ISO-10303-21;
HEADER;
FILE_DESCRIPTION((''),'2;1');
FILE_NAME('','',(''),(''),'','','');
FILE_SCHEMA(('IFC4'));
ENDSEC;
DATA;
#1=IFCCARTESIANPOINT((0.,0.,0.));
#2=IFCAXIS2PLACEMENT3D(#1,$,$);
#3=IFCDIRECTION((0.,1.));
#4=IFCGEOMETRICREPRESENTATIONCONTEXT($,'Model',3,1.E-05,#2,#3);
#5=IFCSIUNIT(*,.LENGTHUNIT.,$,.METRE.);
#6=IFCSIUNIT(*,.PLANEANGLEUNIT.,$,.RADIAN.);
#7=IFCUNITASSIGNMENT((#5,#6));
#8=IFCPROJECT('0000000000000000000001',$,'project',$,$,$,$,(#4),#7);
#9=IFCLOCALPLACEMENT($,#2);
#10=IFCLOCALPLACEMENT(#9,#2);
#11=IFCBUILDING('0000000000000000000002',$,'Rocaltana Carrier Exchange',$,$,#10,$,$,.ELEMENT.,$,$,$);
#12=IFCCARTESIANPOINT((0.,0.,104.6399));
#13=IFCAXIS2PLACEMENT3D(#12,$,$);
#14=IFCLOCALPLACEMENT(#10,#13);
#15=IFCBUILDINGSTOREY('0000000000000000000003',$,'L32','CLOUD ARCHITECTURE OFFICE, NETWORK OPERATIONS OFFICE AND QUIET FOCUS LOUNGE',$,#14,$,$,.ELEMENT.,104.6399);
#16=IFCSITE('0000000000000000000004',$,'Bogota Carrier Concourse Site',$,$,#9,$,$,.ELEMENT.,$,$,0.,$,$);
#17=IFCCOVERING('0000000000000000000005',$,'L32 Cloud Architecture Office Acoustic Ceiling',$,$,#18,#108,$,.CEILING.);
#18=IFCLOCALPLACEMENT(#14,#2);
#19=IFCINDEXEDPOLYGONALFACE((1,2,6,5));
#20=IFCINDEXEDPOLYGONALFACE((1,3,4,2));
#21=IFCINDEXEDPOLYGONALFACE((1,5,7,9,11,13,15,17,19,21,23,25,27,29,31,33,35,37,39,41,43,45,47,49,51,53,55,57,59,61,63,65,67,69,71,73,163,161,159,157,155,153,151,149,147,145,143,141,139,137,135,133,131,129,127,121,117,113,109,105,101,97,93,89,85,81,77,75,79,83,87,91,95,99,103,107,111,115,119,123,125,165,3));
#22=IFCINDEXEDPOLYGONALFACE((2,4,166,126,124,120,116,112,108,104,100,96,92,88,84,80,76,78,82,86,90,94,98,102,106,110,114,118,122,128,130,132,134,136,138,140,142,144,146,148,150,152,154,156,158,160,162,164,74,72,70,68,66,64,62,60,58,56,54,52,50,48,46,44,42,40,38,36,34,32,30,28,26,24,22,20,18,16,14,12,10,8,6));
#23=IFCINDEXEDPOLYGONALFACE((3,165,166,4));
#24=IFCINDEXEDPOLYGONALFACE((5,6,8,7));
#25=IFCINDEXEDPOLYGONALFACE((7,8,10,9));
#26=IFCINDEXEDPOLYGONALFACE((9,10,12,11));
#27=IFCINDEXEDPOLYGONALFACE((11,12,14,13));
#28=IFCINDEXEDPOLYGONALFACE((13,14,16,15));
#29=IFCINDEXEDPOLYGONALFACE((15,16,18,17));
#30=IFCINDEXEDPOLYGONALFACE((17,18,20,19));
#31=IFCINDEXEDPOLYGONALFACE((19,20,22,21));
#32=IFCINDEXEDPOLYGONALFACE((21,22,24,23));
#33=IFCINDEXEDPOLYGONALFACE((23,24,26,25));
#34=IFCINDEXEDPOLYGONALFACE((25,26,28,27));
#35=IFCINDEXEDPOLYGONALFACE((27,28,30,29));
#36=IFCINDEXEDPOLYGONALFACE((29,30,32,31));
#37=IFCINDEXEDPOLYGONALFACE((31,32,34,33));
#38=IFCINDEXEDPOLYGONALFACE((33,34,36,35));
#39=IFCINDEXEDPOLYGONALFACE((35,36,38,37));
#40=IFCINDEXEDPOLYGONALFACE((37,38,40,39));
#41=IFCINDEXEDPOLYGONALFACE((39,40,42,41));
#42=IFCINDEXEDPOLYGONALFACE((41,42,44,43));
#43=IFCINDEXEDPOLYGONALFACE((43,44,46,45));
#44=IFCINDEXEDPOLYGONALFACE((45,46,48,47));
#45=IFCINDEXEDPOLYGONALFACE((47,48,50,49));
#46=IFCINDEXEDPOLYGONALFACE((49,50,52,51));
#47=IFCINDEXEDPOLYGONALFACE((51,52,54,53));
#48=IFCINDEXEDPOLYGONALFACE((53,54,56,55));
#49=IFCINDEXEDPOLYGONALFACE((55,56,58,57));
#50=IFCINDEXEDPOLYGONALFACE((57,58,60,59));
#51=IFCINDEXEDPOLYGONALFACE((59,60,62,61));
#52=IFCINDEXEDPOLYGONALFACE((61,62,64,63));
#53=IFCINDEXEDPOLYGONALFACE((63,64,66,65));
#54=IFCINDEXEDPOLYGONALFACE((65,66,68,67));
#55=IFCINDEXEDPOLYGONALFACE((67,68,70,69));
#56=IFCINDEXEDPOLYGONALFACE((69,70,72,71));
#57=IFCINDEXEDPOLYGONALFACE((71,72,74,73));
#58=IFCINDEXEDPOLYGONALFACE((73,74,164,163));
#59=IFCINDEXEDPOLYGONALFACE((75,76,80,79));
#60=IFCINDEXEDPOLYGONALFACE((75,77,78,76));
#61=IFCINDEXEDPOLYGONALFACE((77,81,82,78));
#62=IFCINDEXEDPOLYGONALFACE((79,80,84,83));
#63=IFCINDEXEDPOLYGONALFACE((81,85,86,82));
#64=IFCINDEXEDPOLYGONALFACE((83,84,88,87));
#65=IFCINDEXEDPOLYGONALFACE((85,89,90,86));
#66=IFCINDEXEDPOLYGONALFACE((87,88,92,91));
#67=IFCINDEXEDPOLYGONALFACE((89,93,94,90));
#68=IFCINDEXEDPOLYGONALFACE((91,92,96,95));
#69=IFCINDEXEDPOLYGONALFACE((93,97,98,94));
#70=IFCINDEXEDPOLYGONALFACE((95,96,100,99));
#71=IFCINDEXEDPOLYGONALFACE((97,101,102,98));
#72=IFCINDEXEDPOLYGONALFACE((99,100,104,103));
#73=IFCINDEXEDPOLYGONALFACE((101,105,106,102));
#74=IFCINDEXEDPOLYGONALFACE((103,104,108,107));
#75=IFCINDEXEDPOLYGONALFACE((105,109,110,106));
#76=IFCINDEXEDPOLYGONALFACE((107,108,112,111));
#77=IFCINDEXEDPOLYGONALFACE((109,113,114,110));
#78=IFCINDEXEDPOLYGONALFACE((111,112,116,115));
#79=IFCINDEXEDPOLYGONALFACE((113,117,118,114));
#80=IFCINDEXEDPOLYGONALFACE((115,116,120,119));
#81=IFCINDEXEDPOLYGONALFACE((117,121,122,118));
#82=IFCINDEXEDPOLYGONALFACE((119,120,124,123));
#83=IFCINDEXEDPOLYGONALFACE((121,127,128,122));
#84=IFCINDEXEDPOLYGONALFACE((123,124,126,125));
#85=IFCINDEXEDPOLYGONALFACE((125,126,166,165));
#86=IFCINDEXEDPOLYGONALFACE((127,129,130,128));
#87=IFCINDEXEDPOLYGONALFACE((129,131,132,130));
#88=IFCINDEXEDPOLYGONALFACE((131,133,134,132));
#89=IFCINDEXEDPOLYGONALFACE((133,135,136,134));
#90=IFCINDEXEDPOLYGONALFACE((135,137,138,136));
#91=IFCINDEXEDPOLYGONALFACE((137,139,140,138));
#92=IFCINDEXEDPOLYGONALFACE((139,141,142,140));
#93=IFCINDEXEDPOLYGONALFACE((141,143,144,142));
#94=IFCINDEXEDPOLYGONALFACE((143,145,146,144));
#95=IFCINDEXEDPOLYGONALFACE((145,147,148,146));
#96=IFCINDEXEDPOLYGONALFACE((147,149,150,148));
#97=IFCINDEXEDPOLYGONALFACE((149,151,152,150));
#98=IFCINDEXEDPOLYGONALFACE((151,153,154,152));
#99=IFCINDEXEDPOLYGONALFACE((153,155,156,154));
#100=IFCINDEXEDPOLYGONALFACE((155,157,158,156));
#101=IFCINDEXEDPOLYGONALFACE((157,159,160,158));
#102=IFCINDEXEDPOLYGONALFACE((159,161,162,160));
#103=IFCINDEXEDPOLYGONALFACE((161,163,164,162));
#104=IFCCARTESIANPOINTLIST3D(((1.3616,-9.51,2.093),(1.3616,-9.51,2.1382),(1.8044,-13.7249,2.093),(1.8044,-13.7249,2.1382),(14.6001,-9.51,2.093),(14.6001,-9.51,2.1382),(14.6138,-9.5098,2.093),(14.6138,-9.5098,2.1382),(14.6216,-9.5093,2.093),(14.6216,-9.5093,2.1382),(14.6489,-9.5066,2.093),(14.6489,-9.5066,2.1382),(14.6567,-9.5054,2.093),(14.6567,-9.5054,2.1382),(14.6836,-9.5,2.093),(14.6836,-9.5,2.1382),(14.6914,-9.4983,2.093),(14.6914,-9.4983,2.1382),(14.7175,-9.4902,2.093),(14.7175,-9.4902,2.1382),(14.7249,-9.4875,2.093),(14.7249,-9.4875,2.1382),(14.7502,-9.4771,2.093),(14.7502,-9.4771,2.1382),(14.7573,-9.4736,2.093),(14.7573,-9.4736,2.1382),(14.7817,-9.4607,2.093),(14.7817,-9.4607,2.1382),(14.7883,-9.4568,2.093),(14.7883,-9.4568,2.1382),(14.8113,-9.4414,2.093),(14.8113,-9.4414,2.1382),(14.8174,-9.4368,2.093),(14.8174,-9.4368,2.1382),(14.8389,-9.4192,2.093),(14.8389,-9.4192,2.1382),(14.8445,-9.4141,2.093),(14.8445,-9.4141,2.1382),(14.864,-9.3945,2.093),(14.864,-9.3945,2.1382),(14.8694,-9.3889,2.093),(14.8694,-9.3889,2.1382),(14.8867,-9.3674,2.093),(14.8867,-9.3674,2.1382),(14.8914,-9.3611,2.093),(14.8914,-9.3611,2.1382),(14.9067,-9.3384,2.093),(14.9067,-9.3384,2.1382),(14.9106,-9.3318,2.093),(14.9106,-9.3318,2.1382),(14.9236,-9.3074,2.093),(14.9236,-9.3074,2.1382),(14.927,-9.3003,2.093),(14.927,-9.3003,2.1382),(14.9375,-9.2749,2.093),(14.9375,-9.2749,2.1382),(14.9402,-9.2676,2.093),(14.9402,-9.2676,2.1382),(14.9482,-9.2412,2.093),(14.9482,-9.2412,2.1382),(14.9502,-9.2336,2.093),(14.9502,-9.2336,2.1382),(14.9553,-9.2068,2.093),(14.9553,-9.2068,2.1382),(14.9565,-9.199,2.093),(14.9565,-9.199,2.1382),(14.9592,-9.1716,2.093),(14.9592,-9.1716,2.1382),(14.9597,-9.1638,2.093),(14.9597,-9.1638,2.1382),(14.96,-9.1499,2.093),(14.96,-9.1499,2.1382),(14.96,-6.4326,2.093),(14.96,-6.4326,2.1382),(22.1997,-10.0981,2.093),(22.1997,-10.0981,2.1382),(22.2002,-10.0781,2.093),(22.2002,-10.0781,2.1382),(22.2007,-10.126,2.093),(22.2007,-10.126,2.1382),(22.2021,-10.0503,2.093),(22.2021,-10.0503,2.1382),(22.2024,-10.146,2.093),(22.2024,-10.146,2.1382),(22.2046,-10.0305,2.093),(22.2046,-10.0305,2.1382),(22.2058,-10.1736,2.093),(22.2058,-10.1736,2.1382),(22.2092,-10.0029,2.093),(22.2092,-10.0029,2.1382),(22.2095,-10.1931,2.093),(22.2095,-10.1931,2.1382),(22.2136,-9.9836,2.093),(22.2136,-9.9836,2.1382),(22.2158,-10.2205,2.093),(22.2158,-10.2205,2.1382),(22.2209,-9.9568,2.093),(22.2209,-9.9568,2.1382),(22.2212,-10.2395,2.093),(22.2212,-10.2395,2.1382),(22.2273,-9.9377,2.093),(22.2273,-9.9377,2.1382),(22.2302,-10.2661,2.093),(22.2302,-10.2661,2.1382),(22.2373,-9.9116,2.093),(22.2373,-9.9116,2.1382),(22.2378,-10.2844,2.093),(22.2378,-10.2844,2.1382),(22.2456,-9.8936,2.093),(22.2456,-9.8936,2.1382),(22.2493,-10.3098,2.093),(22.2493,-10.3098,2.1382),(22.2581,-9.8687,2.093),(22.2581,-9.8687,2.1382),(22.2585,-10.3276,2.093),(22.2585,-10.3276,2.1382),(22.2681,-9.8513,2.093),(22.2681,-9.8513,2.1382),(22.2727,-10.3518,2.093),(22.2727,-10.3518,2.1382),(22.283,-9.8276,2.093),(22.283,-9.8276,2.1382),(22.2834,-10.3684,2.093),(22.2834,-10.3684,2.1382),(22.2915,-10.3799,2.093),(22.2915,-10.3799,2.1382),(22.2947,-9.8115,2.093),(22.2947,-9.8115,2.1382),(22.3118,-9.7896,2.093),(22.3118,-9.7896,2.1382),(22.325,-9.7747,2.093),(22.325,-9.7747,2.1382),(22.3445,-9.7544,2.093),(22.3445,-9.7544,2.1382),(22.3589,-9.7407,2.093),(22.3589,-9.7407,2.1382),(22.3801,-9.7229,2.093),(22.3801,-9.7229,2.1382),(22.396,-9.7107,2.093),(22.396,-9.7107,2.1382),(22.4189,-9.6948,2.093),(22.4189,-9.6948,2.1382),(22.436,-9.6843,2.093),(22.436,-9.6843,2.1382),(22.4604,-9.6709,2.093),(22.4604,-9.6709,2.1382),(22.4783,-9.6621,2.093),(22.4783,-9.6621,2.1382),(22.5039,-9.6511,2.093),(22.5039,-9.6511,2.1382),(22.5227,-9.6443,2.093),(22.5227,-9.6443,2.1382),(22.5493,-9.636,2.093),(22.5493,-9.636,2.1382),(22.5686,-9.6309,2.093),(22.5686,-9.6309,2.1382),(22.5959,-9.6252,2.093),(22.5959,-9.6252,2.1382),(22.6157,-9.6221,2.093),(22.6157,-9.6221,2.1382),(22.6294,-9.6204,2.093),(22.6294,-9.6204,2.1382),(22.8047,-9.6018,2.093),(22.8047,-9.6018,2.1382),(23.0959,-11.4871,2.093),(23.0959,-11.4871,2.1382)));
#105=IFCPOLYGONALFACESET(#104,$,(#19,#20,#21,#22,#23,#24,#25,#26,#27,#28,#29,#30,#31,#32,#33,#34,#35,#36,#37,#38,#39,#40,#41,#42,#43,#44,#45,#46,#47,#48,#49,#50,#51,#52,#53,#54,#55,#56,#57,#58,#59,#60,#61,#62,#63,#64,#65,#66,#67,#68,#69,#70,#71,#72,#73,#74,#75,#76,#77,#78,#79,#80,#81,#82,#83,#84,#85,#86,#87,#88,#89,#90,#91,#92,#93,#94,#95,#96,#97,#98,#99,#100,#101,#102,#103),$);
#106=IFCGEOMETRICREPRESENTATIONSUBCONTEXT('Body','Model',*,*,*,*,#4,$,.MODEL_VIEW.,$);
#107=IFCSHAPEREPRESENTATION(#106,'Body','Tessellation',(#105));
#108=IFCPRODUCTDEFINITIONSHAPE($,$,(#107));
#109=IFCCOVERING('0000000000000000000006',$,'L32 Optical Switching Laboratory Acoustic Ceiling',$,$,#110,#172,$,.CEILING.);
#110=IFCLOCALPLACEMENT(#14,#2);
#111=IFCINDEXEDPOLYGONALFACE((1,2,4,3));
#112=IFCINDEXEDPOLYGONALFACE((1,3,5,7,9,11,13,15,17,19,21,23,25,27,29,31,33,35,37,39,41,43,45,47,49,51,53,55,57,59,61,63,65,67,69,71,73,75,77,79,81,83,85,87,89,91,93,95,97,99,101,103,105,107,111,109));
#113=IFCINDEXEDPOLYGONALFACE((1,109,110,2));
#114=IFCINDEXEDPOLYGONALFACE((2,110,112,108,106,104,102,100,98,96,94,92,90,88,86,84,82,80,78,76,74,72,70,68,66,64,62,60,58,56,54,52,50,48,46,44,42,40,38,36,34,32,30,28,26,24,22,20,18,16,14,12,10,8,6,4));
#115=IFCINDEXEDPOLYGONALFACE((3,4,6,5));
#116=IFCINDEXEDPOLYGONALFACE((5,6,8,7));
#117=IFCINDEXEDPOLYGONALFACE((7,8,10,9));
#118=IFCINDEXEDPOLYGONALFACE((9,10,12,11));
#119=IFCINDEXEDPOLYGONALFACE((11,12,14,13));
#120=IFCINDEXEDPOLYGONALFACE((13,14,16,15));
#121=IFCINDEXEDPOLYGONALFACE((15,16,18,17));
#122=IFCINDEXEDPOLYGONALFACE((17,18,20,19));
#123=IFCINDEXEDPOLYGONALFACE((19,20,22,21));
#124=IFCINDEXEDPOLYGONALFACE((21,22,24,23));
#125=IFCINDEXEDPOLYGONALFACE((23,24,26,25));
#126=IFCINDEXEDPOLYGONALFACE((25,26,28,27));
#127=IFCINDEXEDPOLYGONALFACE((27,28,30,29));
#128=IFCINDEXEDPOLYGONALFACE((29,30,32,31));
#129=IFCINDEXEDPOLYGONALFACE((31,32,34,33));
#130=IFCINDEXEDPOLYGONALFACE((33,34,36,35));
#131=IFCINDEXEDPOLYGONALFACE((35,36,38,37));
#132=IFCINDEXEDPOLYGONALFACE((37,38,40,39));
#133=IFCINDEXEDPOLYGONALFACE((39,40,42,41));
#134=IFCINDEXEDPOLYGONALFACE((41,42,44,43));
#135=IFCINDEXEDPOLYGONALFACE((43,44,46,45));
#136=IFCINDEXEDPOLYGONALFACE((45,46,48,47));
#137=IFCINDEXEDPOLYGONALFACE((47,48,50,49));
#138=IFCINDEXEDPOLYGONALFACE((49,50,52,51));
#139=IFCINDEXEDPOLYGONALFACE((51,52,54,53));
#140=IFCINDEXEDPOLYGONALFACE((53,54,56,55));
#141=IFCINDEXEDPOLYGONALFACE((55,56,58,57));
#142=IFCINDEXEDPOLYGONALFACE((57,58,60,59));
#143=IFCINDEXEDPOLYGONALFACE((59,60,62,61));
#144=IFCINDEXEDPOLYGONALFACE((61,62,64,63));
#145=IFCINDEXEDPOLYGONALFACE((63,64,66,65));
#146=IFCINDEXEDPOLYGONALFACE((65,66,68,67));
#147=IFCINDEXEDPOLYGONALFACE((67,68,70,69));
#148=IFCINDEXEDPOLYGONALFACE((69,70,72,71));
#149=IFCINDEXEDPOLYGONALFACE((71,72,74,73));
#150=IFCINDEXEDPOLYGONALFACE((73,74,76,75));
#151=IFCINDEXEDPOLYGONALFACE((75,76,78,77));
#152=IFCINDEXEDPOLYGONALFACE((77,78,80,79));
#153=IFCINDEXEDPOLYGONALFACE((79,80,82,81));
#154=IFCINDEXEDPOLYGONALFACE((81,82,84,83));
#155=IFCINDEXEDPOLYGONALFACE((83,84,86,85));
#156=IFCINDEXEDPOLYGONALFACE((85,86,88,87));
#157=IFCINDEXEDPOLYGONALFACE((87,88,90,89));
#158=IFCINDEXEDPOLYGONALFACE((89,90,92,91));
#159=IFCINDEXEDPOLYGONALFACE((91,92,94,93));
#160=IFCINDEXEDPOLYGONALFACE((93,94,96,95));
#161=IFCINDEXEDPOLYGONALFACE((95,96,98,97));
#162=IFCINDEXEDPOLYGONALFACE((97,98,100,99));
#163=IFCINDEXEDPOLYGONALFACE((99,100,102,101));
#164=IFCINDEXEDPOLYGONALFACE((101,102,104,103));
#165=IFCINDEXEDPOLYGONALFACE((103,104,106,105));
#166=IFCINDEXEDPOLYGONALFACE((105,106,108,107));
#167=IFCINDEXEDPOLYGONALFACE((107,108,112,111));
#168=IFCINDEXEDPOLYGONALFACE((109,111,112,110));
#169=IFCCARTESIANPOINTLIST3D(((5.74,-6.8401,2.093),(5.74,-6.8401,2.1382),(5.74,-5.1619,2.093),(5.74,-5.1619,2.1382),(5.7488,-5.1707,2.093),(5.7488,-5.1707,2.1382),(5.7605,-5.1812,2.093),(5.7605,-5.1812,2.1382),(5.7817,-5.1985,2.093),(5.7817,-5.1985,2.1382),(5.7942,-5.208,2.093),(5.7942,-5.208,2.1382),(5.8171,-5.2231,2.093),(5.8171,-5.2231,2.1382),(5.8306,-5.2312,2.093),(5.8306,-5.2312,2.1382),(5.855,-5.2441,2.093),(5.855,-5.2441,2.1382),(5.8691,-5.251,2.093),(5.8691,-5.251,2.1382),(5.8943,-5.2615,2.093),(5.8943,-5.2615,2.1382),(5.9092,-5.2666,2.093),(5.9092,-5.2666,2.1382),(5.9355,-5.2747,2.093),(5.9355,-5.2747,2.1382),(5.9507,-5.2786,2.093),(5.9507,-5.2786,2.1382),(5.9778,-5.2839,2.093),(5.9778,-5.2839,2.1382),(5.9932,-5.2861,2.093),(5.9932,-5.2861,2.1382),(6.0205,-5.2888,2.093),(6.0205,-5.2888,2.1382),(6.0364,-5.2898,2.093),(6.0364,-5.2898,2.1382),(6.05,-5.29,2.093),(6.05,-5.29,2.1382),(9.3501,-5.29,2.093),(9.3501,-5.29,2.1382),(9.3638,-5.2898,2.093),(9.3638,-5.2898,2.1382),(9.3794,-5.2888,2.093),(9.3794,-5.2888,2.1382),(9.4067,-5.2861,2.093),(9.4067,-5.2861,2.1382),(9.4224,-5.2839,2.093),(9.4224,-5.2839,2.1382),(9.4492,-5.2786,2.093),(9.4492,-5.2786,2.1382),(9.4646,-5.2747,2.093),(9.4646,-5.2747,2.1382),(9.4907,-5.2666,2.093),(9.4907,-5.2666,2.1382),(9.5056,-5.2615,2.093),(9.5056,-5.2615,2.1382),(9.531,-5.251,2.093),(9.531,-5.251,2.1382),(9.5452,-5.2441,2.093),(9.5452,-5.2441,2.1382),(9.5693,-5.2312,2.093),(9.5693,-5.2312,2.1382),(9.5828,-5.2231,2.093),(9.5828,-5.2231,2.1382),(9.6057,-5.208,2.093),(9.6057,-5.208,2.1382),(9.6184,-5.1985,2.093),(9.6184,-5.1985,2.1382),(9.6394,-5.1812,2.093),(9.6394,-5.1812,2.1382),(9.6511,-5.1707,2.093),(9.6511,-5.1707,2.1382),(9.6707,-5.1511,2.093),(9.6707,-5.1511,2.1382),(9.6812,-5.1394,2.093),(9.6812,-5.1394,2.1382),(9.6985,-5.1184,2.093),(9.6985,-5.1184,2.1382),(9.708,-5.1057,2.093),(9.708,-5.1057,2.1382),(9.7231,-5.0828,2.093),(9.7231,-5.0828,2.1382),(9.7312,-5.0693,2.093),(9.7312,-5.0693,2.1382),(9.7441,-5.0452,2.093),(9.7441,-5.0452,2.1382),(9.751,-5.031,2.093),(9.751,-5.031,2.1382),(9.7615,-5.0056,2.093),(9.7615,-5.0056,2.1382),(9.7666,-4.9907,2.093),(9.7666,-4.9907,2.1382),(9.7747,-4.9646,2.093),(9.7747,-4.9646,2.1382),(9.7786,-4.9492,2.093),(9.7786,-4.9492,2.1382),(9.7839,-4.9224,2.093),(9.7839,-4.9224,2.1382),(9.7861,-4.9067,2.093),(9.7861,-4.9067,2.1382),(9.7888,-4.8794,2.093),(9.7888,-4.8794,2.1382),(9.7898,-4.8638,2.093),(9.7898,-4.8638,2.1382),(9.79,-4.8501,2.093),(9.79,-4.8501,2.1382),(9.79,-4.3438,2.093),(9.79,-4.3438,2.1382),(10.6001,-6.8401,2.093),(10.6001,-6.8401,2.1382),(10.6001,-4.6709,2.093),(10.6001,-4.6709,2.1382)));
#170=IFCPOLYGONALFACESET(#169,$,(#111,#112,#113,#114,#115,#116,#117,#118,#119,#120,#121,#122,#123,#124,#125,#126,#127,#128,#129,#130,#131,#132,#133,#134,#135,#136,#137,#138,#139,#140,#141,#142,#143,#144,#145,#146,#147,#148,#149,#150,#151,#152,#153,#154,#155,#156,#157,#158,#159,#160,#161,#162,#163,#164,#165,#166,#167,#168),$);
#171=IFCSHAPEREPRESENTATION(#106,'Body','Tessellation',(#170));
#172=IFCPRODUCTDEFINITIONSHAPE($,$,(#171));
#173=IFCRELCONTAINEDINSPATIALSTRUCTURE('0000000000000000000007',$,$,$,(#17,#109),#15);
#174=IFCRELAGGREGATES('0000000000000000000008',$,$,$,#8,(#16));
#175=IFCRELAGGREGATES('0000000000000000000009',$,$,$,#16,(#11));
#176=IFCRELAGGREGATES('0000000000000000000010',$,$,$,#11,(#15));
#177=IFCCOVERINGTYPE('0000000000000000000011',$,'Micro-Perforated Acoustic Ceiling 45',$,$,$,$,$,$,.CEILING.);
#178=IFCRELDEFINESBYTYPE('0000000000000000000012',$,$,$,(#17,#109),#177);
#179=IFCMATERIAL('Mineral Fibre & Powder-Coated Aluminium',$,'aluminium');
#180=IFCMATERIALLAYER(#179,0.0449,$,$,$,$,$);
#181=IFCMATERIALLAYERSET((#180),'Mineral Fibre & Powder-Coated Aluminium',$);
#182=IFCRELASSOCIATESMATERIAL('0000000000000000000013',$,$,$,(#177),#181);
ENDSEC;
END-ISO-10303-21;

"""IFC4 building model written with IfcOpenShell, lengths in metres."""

from ifc_helpers import new_model, si_unit, direction, frame, origin, place, context, subcontext, project, spatial, polyline, outline, extrude, material, layer, layer_set, type_object, element, save


model = new_model("IFC4")

# Units and contexts
model_context = context("Model", 3, precision=1e-05, world=origin(), true_north=direction((0.0, 1.0)))
body_context = subcontext(model_context, "Body", "Model", "MODEL_VIEW")
ifc_project = project(units=[si_unit("LENGTHUNIT", "METRE"), si_unit("PLANEANGLEUNIT", "RADIAN")], contexts=[model_context])

# Site, building, storey
site_placement = place(None, origin())
site = spatial("IfcSite", under=ifc_project, at=site_placement, Name="Bogota Carrier Concourse Site", CompositionType="ELEMENT", RefElevation=0.0)
building_placement = place(site_placement, origin())
building = spatial("IfcBuilding", under=site, at=building_placement, Name="Rocaltana Carrier Exchange", CompositionType="ELEMENT")
storey_placement = place(building_placement, frame((0.0, 0.0, 104.6399)))
storey = spatial("IfcBuildingStorey", under=building, at=storey_placement, Name="L32", Description="CLOUD ARCHITECTURE OFFICE, NETWORK OPERATIONS OFFICE AND QUIET FOCUS LOUNGE", CompositionType="ELEMENT", Elevation=104.6399)

# Coverings
ifc_material_1 = material(Name="Mineral Fibre & Powder-Coated Aluminium", Category="aluminium")
ifc_layer_1 = layer(ifc_material_1, 0.0449)
ifc_layer_set_1 = layer_set([ifc_layer_1], Name="Mineral Fibre & Powder-Coated Aluminium")
covering_type_1 = type_object("IfcCoveringType", Name="Micro-Perforated Acoustic Ceiling 45", PredefinedType="CEILING", material=ifc_layer_set_1)
covering_1_placement = place(storey_placement, frame((0.0, 0.0, 2.093)))
element("IfcCovering", 1, at=covering_1_placement, inside=storey, type_object=covering_type_1, Name="L32 Cloud Architecture Office Acoustic Ceiling", PredefinedType="CEILING", context=body_context, shape_type="SweptSolid", body=[
    extrude(outline(polyline([(22.6294, -9.6204), (22.6157, -9.6221), (22.5959, -9.6252), (22.5686, -9.6309), (22.5493, -9.636), (22.5227, -9.6443), (22.5039, -9.6511), (22.4783, -9.6621), (22.4604, -9.6709), (22.436, -9.6843), (22.4189, -9.6948), (22.396, -9.7107), (22.3801, -9.7229), (22.3589, -9.7407), (22.3445, -9.7544), (22.325, -9.7747), (22.3118, -9.7896), (22.2947, -9.8115), (22.283, -9.8276), (22.2681, -9.8513), (22.2581, -9.8687), (22.2456, -9.8936), (22.2373, -9.9116), (22.2273, -9.9377), (22.2209, -9.9568), (22.2136, -9.9836), (22.2092, -10.0029), (22.2046, -10.0305), (22.2021, -10.0503), (22.2002, -10.0781), (22.1997, -10.0981), (22.2007, -10.126), (22.2024, -10.146), (22.2058, -10.1736), (22.2095, -10.1931), (22.2158, -10.2205), (22.2212, -10.2395), (22.2302, -10.2661), (22.2378, -10.2844), (22.2493, -10.3098), (22.2585, -10.3276), (22.2727, -10.3518), (22.2834, -10.3684), (22.2915, -10.3799), (23.0959, -11.4871), (1.8044, -13.7249), (1.3616, -9.51), (14.6001, -9.51), (14.6138, -9.5098), (14.6216, -9.5093), (14.6489, -9.5066), (14.6567, -9.5054), (14.6836, -9.5), (14.6914, -9.4983), (14.7175, -9.4902), (14.7249, -9.4875), (14.7502, -9.4771), (14.7573, -9.4736), (14.7817, -9.4607), (14.7883, -9.4568), (14.8113, -9.4414), (14.8174, -9.4368), (14.8389, -9.4192), (14.8445, -9.4141), (14.864, -9.3945), (14.8694, -9.3889), (14.8867, -9.3674), (14.8914, -9.3611), (14.9067, -9.3384), (14.9106, -9.3318), (14.9236, -9.3074), (14.927, -9.3003), (14.9375, -9.2749), (14.9402, -9.2676), (14.9482, -9.2412), (14.9502, -9.2336), (14.9553, -9.2068), (14.9565, -9.199), (14.9592, -9.1716), (14.9597, -9.1638), (14.96, -9.1499), (14.96, -6.4326), (22.8047, -9.6018), (22.6294, -9.6204)])), origin(), (0.0, 0.0, 1.0), 0.0452),
])
covering_2_placement = place(storey_placement, frame((0.0, 0.0, 2.093)))
element("IfcCovering", 2, at=covering_2_placement, inside=storey, type_object=covering_type_1, Name="L32 Optical Switching Laboratory Acoustic Ceiling", PredefinedType="CEILING", context=body_context, shape_type="SweptSolid", body=[
    extrude(outline(polyline([(5.74, -6.8401), (5.74, -5.1619), (5.7488, -5.1707), (5.7605, -5.1812), (5.7817, -5.1985), (5.7942, -5.208), (5.8171, -5.2231), (5.8306, -5.2312), (5.855, -5.2441), (5.8691, -5.251), (5.8943, -5.2615), (5.9092, -5.2666), (5.9355, -5.2747), (5.9507, -5.2786), (5.9778, -5.2839), (5.9932, -5.2861), (6.0205, -5.2888), (6.0364, -5.2898), (6.05, -5.29), (9.3501, -5.29), (9.3638, -5.2898), (9.3794, -5.2888), (9.4067, -5.2861), (9.4224, -5.2839), (9.4492, -5.2786), (9.4646, -5.2747), (9.4907, -5.2666), (9.5056, -5.2615), (9.531, -5.251), (9.5452, -5.2441), (9.5693, -5.2312), (9.5828, -5.2231), (9.6057, -5.208), (9.6184, -5.1985), (9.6394, -5.1812), (9.6511, -5.1707), (9.6707, -5.1511), (9.6812, -5.1394), (9.6985, -5.1184), (9.708, -5.1057), (9.7231, -5.0828), (9.7312, -5.0693), (9.7441, -5.0452), (9.751, -5.031), (9.7615, -5.0056), (9.7666, -4.9907), (9.7747, -4.9646), (9.7786, -4.9492), (9.7839, -4.9224), (9.7861, -4.9067), (9.7888, -4.8794), (9.7898, -4.8638), (9.79, -4.8501), (9.79, -4.3438), (10.6001, -4.6709), (10.6001, -6.8401), (5.74, -6.8401)])), origin(), (0.0, 0.0, 1.0), 0.0452),
])

save(model, "model.ifc")
